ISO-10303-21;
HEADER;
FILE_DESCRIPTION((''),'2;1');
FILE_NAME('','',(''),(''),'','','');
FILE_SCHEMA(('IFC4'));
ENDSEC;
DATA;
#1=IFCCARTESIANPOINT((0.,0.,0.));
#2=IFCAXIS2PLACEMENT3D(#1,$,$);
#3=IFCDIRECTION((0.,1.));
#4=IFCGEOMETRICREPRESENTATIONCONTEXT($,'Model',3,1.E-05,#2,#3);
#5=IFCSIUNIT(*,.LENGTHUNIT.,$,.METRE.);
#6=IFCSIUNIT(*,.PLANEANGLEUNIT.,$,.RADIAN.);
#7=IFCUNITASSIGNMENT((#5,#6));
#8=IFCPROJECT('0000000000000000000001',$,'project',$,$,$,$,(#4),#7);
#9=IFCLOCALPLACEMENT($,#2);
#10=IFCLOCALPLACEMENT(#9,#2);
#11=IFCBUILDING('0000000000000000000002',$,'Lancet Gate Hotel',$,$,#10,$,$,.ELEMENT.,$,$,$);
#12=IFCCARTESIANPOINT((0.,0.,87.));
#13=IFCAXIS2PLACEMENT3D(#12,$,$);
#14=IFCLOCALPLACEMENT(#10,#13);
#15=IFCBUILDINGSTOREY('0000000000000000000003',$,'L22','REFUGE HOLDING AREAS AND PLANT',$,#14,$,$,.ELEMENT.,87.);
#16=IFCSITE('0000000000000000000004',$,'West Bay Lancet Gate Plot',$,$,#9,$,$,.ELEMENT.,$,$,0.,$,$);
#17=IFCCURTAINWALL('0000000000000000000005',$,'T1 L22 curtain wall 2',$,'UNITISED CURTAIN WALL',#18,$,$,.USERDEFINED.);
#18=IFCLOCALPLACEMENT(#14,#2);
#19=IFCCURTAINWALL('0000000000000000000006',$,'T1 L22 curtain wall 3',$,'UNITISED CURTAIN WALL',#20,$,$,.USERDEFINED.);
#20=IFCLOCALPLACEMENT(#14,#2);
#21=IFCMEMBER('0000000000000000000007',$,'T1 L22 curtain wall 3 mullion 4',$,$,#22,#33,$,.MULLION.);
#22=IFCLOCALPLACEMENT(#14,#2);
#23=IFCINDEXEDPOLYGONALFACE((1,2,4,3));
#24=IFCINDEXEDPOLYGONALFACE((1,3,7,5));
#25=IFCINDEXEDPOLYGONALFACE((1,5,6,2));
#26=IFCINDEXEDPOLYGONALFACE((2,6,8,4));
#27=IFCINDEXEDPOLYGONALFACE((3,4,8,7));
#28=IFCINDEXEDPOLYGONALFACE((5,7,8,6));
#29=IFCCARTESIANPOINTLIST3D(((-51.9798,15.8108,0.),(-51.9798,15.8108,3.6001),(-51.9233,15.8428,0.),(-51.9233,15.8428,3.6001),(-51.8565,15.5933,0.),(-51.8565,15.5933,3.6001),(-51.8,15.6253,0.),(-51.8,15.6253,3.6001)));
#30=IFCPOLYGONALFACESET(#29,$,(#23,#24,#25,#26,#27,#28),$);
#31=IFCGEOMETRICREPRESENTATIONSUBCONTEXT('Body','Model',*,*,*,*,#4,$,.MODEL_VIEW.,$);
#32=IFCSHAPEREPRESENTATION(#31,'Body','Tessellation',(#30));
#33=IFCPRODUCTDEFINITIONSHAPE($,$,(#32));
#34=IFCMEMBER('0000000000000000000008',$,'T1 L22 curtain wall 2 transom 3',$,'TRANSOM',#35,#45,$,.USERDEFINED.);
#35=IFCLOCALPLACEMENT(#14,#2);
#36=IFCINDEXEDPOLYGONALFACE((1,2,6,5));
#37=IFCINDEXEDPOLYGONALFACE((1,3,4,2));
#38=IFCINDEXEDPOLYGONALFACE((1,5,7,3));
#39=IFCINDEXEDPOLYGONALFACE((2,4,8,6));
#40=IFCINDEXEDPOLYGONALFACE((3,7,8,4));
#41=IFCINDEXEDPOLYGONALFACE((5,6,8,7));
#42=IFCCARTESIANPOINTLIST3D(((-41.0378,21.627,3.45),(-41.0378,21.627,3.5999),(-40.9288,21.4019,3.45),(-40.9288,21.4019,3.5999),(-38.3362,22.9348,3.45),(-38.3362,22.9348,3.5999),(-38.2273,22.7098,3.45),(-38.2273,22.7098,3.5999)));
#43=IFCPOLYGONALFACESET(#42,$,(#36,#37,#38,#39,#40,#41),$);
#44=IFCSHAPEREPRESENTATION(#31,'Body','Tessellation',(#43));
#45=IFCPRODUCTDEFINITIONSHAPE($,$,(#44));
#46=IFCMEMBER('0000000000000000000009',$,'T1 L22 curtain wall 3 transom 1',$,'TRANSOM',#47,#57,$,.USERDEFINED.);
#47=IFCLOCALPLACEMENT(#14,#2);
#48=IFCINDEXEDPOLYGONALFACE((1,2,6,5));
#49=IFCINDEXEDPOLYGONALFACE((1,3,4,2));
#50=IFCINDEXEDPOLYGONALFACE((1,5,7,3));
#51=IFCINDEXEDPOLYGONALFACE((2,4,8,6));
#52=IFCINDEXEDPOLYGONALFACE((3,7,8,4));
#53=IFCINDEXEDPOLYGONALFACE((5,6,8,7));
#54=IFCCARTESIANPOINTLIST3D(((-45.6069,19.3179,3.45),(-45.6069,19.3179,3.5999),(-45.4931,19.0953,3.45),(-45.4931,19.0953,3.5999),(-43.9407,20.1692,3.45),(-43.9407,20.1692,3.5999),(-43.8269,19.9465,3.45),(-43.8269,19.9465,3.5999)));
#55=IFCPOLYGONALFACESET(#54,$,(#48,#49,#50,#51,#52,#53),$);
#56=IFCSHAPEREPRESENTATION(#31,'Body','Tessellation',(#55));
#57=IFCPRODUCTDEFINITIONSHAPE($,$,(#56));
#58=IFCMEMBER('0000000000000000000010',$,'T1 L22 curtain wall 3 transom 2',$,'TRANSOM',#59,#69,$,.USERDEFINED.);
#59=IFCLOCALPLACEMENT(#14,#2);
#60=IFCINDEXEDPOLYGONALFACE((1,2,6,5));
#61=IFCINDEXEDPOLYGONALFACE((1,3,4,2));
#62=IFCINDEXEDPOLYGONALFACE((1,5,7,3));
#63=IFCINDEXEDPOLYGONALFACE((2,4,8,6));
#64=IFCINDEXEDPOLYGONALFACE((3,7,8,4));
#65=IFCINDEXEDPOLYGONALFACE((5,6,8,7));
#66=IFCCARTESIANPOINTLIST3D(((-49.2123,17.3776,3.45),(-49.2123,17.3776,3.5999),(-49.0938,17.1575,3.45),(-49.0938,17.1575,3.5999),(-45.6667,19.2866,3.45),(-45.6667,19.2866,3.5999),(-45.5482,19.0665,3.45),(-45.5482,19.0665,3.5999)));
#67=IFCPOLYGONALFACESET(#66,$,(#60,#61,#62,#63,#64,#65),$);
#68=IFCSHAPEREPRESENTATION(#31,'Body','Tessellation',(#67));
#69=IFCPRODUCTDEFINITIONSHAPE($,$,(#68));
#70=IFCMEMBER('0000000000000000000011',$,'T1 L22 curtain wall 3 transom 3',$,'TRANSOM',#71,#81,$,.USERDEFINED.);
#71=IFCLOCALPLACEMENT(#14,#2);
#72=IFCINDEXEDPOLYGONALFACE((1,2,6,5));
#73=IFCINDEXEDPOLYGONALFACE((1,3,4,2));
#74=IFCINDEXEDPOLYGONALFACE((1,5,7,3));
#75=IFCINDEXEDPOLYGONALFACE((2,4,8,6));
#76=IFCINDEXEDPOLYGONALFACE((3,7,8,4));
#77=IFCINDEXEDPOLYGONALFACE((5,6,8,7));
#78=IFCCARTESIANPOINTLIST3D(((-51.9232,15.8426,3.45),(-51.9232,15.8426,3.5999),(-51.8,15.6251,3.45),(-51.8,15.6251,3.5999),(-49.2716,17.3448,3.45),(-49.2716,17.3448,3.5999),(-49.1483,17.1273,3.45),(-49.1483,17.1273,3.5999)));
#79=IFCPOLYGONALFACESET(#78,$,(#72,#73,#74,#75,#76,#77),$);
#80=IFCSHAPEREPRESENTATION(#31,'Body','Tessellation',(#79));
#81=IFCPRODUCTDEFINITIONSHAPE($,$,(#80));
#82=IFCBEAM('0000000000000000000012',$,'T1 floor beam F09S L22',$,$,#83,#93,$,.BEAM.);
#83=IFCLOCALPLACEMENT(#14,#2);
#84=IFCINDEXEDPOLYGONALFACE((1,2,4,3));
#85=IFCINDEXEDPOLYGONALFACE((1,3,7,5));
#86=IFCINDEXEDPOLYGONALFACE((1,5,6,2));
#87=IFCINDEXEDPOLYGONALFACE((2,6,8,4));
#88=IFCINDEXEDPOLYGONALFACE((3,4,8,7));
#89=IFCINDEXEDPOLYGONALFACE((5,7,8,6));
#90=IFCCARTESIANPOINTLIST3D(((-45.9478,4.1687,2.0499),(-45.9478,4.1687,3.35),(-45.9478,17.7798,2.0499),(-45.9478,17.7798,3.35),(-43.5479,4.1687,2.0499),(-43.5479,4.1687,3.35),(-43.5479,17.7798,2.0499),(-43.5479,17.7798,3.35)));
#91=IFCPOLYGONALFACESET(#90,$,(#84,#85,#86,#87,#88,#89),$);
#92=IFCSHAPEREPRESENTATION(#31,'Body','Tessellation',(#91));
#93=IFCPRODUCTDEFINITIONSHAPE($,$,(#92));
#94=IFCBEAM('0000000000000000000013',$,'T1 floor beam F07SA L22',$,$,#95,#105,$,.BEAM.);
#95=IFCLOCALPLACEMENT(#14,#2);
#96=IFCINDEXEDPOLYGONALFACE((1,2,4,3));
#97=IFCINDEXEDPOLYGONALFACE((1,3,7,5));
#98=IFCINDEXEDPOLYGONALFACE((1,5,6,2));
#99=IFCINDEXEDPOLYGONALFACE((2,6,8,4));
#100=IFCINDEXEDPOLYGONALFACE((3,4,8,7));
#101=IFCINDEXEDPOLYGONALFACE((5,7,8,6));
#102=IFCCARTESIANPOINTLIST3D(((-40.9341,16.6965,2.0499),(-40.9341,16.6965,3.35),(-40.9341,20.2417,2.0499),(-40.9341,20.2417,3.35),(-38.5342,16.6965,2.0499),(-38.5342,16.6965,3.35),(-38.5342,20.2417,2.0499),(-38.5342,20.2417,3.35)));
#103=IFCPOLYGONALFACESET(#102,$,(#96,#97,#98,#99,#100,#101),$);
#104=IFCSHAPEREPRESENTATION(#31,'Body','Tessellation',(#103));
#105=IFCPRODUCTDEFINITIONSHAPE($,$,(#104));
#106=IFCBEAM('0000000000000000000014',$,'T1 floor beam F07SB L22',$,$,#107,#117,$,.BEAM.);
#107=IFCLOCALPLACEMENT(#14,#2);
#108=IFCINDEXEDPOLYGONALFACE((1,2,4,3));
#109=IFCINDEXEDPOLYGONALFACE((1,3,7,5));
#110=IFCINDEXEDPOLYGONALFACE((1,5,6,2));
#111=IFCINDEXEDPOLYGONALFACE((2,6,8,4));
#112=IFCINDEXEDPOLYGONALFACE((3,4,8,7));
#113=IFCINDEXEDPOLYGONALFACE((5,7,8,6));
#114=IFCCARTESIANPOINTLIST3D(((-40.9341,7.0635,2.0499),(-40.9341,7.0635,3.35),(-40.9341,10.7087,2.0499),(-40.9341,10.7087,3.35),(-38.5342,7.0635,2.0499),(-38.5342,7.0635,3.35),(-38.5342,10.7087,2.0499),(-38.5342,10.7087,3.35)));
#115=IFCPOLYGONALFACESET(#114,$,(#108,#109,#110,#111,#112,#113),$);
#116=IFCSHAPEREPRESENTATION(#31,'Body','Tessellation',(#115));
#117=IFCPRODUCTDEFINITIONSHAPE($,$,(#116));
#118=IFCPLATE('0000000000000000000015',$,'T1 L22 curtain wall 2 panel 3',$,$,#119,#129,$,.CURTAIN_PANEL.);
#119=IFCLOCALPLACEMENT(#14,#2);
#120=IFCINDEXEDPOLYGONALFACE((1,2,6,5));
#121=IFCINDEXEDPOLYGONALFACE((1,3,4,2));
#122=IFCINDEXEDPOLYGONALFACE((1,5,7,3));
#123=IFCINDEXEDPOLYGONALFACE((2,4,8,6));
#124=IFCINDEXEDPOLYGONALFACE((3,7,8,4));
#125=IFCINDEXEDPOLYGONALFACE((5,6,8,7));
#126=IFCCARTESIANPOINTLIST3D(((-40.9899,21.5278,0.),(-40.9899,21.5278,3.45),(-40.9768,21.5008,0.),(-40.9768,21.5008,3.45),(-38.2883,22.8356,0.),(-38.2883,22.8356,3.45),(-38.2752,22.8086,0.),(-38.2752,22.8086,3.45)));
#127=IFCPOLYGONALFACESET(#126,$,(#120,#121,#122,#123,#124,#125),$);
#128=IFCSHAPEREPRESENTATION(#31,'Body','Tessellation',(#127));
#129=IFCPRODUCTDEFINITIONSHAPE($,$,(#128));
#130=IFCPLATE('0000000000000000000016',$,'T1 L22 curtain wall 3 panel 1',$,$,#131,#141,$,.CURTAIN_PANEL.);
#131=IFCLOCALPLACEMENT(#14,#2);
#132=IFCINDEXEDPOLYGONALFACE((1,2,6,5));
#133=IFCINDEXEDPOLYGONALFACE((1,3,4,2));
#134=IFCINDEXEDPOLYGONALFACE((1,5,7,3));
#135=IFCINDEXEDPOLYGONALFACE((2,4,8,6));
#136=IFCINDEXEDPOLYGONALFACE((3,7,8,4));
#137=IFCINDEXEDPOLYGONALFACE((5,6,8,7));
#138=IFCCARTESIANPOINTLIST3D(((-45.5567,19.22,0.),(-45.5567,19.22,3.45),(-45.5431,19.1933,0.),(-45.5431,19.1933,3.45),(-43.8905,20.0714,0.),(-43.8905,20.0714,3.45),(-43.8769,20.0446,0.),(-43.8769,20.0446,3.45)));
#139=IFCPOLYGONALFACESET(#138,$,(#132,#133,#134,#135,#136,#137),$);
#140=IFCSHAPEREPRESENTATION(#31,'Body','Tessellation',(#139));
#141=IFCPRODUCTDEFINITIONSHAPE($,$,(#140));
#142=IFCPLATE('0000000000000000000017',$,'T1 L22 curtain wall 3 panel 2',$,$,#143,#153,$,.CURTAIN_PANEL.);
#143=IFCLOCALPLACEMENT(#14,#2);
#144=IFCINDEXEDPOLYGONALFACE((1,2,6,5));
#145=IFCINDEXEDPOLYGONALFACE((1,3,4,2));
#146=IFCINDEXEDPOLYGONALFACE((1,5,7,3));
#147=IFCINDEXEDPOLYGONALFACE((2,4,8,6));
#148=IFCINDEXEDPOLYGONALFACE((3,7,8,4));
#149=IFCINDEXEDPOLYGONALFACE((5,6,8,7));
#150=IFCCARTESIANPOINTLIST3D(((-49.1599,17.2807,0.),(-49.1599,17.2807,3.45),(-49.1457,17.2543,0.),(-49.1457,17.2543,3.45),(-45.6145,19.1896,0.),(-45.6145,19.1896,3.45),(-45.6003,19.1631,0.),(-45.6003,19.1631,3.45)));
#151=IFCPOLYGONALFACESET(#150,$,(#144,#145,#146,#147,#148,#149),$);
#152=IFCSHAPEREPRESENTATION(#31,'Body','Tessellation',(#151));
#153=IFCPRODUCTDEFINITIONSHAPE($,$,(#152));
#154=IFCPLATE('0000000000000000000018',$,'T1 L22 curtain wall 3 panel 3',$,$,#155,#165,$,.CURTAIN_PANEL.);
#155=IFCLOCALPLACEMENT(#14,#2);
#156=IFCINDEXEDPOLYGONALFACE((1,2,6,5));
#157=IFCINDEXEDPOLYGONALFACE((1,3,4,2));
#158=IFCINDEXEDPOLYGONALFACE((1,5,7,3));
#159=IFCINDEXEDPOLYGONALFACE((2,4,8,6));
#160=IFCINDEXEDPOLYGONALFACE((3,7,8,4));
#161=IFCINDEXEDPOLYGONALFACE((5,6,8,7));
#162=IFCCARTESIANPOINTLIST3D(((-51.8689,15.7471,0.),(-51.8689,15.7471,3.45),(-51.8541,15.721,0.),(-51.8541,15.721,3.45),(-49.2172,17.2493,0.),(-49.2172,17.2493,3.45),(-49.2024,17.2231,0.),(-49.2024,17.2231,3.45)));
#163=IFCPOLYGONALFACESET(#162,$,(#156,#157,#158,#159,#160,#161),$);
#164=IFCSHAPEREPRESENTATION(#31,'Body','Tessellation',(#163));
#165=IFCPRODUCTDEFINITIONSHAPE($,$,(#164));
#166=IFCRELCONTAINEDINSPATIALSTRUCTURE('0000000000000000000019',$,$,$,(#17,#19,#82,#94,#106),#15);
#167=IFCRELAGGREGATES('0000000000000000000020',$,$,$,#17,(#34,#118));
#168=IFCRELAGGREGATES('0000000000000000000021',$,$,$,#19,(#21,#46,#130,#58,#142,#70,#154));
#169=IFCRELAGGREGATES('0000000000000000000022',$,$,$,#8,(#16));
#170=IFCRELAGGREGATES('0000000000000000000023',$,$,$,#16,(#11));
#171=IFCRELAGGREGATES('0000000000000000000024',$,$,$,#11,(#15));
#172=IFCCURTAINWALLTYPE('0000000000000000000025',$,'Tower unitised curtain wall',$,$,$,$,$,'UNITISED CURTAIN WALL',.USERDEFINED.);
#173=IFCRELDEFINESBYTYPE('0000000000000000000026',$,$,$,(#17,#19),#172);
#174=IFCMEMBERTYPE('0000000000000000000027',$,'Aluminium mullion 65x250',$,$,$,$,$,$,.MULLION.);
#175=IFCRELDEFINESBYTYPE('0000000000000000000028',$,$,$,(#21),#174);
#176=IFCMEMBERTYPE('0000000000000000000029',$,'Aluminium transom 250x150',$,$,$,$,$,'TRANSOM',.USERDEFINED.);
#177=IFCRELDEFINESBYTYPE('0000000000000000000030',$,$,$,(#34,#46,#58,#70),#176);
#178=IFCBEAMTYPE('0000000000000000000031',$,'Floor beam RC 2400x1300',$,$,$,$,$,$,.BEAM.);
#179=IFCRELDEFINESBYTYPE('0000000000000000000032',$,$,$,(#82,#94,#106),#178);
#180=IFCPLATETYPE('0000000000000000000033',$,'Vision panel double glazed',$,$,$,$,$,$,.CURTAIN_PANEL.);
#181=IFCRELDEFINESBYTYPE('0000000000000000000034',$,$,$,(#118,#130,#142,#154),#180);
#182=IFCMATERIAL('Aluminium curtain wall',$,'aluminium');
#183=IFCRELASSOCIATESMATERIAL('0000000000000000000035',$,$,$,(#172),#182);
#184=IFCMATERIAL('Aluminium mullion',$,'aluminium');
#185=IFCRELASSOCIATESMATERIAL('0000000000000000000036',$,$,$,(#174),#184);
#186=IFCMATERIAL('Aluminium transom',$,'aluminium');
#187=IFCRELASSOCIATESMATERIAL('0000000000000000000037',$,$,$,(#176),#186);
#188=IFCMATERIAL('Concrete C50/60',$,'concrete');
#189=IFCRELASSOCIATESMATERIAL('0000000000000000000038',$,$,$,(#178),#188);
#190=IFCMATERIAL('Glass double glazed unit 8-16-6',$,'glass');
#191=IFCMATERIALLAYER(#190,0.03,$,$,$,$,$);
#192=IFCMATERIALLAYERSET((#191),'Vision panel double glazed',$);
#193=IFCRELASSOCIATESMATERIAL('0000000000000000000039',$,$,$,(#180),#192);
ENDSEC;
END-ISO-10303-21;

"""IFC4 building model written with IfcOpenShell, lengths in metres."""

from ifc_helpers import new_model, si_unit, direction, frame, origin, origin_2d, place, context, subcontext, project, spatial, rectangle, extrude, material, layer, layer_set, material_profile, profile_set, type_object, element, aggregate, save


model = new_model("IFC4")

# Units and contexts
model_context = context("Model", 3, precision=1e-05, world=origin(), true_north=direction((0.0, 1.0)))
body_context = subcontext(model_context, "Body", "Model", "MODEL_VIEW")
ifc_project = project(units=[si_unit("LENGTHUNIT", "METRE"), si_unit("PLANEANGLEUNIT", "RADIAN")], contexts=[model_context])

# Site, building, storey
site_placement = place(None, origin())
site = spatial("IfcSite", under=ifc_project, at=site_placement, Name="West Bay Lancet Gate Plot", CompositionType="ELEMENT", RefElevation=0.0)
building_placement = place(site_placement, origin())
building = spatial("IfcBuilding", under=site, at=building_placement, Name="Lancet Gate Hotel", CompositionType="ELEMENT")
storey_placement = place(building_placement, frame((0.0, 0.0, 87.0)))
storey = spatial("IfcBuildingStorey", under=building, at=storey_placement, Name="L22", Description="REFUGE HOLDING AREAS AND PLANT", CompositionType="ELEMENT", Elevation=87.0)

# Curtain walls, member
ifc_material_1 = material(Name="Aluminium curtain wall", Category="aluminium")
curtain_wall_type = type_object("IfcCurtainWallType", Name="Tower unitised curtain wall", ElementType="UNITISED CURTAIN WALL", PredefinedType="USERDEFINED", material=ifc_material_1)
curtain_wall_1_placement = place(storey_placement, origin())
curtain_wall_1 = element("IfcCurtainWall", 1, at=curtain_wall_1_placement, inside=storey, type_object=curtain_wall_type, Name="T1 L22 curtain wall 2", ObjectType="UNITISED CURTAIN WALL", PredefinedType="USERDEFINED")
ifc_material_2 = material(Name="Aluminium mullion", Category="aluminium")
ifc_material_profile_1 = material_profile(ifc_material_2, rectangle(XDim=0.0649, YDim=0.25, at=origin_2d()), Name="MULLION 65x250")
ifc_profile_set_1 = profile_set([ifc_material_profile_1], Name="Aluminium mullion")
member_type_1 = type_object("IfcMemberType", Name="Aluminium mullion 65x250", PredefinedType="MULLION", material=ifc_profile_set_1)
curtain_wall_2_placement = place(storey_placement, origin())
curtain_wall_2 = element("IfcCurtainWall", 2, at=curtain_wall_2_placement, inside=storey, type_object=curtain_wall_type, Name="T1 L22 curtain wall 3", ObjectType="UNITISED CURTAIN WALL", PredefinedType="USERDEFINED")
member_1_placement = place(storey_placement, frame((-51.8899, 15.718, 0.0), z_axis=(0.0, 0.0, 1.0), x_axis=(-0.870084, -0.492904, 0.0)))
member_1 = element("IfcMember", 3, at=member_1_placement, type_object=member_type_1, Name="T1 L22 curtain wall 3 mullion 4", PredefinedType="MULLION", context=body_context, shape_type="SweptSolid", body=[
    extrude(rectangle(XDim=0.0649, YDim=0.25, at=origin_2d()), origin(), (0.0, 0.0, 1.0), 3.6001),
])

# Members
ifc_material_3 = material(Name="Aluminium transom", Category="aluminium")
ifc_material_profile_2 = material_profile(ifc_material_3, rectangle(XDim=0.25, YDim=0.1499, at=origin_2d()), Name="TRANSOM 250x150")
ifc_profile_set_2 = profile_set([ifc_material_profile_2], Name="Aluminium transom")
member_type_2 = type_object("IfcMemberType", Name="Aluminium transom 250x150", ElementType="TRANSOM", PredefinedType="USERDEFINED", material=ifc_profile_set_2)
member_2_placement = place(storey_placement, frame((-38.2817, 22.8223, 3.5249), z_axis=(-0.90008, -0.435725, 0.0), x_axis=(0.435725, -0.90008, 0.0)))
member_2 = element("IfcMember", 4, at=member_2_placement, type_object=member_type_2, Name="T1 L22 curtain wall 2 transom 3", ObjectType="TRANSOM", PredefinedType="USERDEFINED", context=body_context, shape_type="SweptSolid", body=[
    extrude(rectangle(XDim=0.25, YDim=0.1499, at=origin_2d()), origin(), (0.0, 0.0, 1.0), 3.0015),
])
member_3_placement = place(storey_placement, frame((-43.8838, 20.0579, 3.5249), z_axis=(-0.890505, -0.454973, 0.0), x_axis=(0.454973, -0.890505, 0.0)))
member_3 = element("IfcMember", 5, at=member_3_placement, type_object=member_type_2, Name="T1 L22 curtain wall 3 transom 1", ObjectType="TRANSOM", PredefinedType="USERDEFINED", context=body_context, shape_type="SweptSolid", body=[
    extrude(rectangle(XDim=0.25, YDim=0.1499, at=origin_2d()), origin(), (0.0, 0.0, 1.0), 1.8711),
])
member_4_placement = place(storey_placement, frame((-45.6074, 19.1765, 3.5249), z_axis=(-0.880498, -0.474049, 0.0), x_axis=(0.474049, -0.880498, 0.0)))
member_4 = element("IfcMember", 6, at=member_4_placement, type_object=member_type_2, Name="T1 L22 curtain wall 3 transom 2", ObjectType="TRANSOM", PredefinedType="USERDEFINED", context=body_context, shape_type="SweptSolid", body=[
    extrude(rectangle(XDim=0.25, YDim=0.1499, at=origin_2d()), origin(), (0.0, 0.0, 1.0), 4.0269),
])
member_5_placement = place(storey_placement, frame((-49.21, 17.2361, 3.5249), z_axis=(-0.870076, -0.492918, 0.0), x_axis=(0.492918, -0.870076, 0.0)))
member_5 = element("IfcMember", 7, at=member_5_placement, type_object=member_type_2, Name="T1 L22 curtain wall 3 transom 3", ObjectType="TRANSOM", PredefinedType="USERDEFINED", context=body_context, shape_type="SweptSolid", body=[
    extrude(rectangle(XDim=0.25, YDim=0.1499, at=origin_2d()), origin(), (0.0, 0.0, 1.0), 3.0476),
])

# Beams
ifc_material_4 = material(Name="Concrete C50/60", Category="concrete")
ifc_material_profile_3 = material_profile(ifc_material_4, rectangle(XDim=2.3999, YDim=1.3, at=origin_2d()), Name="RC 2400x1300")
ifc_profile_set_3 = profile_set([ifc_material_profile_3], Name="Concrete C50/60")
beam_type = type_object("IfcBeamType", Name="Floor beam RC 2400x1300", PredefinedType="BEAM", material=ifc_profile_set_3)
beam_1_placement = place(storey_placement, frame((-44.7478, 17.7798, 2.7), z_axis=(0.0, -1.0, 0.0), x_axis=(1.0, 0.0, 0.0)))
element("IfcBeam", 8, at=beam_1_placement, inside=storey, type_object=beam_type, Name="T1 floor beam F09S L22", PredefinedType="BEAM", context=body_context, shape_type="SweptSolid", body=[
    extrude(rectangle(XDim=2.3999, YDim=1.3, at=origin_2d()), origin(), (0.0, 0.0, 1.0), 13.6111),
])
beam_2_placement = place(storey_placement, frame((-39.7341, 20.2417, 2.7), z_axis=(0.0, -1.0, 0.0), x_axis=(1.0, 0.0, 0.0)))
element("IfcBeam", 9, at=beam_2_placement, inside=storey, type_object=beam_type, Name="T1 floor beam F07SA L22", PredefinedType="BEAM", context=body_context, shape_type="SweptSolid", body=[
    extrude(rectangle(XDim=2.3999, YDim=1.3, at=origin_2d()), origin(), (0.0, 0.0, 1.0), 3.5452),
])
beam_3_placement = place(storey_placement, frame((-39.7341, 10.7087, 2.7), z_axis=(0.0, -1.0, 0.0), x_axis=(1.0, 0.0, 0.0)))
element("IfcBeam", 10, at=beam_3_placement, inside=storey, type_object=beam_type, Name="T1 floor beam F07SB L22", PredefinedType="BEAM", context=body_context, shape_type="SweptSolid", body=[
    extrude(rectangle(XDim=2.3999, YDim=1.3, at=origin_2d()), origin(), (0.0, 0.0, 1.0), 3.6453),
])

# Plates
ifc_material_5 = material(Name="Glass double glazed unit 8-16-6", Category="glass")
ifc_layer_1 = layer(ifc_material_5, 0.03)
ifc_layer_set_1 = layer_set([ifc_layer_1], Name="Vision panel double glazed")
plate_type = type_object("IfcPlateType", Name="Vision panel double glazed", PredefinedType="CURTAIN_PANEL", material=ifc_layer_set_1)
plate_1_placement = place(storey_placement, frame((-39.6326, 22.1682, 0.0), z_axis=(0.0, 0.0, 1.0), x_axis=(-0.900082, -0.435721, 0.0)))
plate_1 = element("IfcPlate", 11, at=plate_1_placement, type_object=plate_type, Name="T1 L22 curtain wall 2 panel 3", PredefinedType="CURTAIN_PANEL", context=body_context, shape_type="SweptSolid", body=[
    extrude(rectangle(XDim=3.0015, YDim=0.03, at=origin_2d()), origin(), (0.0, 0.0, 1.0), 3.45),
])
aggregate(curtain_wall_1, [member_2, plate_1])
plate_2_placement = place(storey_placement, frame((-44.7168, 19.6323, 0.0), z_axis=(0.0, 0.0, 1.0), x_axis=(-0.890493, -0.454996, 0.0)))
plate_2 = element("IfcPlate", 12, at=plate_2_placement, type_object=plate_type, Name="T1 L22 curtain wall 3 panel 1", PredefinedType="CURTAIN_PANEL", context=body_context, shape_type="SweptSolid", body=[
    extrude(rectangle(XDim=1.8711, YDim=0.03, at=origin_2d()), origin(), (0.0, 0.0, 1.0), 3.45),
])
plate_3_placement = place(storey_placement, frame((-47.3801, 18.2219, 0.0), z_axis=(0.0, 0.0, 1.0), x_axis=(-0.880493, -0.47406, 0.0)))
plate_3 = element("IfcPlate", 13, at=plate_3_placement, type_object=plate_type, Name="T1 L22 curtain wall 3 panel 2", PredefinedType="CURTAIN_PANEL", context=body_context, shape_type="SweptSolid", body=[
    extrude(rectangle(XDim=4.0266, YDim=0.03, at=origin_2d()), origin(), (0.0, 0.0, 1.0), 3.45),
])
plate_4_placement = place(storey_placement, frame((-50.5356, 16.4851, 0.0), z_axis=(0.0, 0.0, 1.0), x_axis=(-0.870084, -0.492904, 0.0)))
plate_4 = element("IfcPlate", 14, at=plate_4_placement, type_object=plate_type, Name="T1 L22 curtain wall 3 panel 3", PredefinedType="CURTAIN_PANEL", context=body_context, shape_type="SweptSolid", body=[
    extrude(rectangle(XDim=3.0476, YDim=0.03, at=origin_2d()), origin(), (0.0, 0.0, 1.0), 3.45),
])
aggregate(curtain_wall_2, [member_1, member_3, plate_2, member_4, plate_3, member_5, plate_4])

save(model, "model.ifc")
